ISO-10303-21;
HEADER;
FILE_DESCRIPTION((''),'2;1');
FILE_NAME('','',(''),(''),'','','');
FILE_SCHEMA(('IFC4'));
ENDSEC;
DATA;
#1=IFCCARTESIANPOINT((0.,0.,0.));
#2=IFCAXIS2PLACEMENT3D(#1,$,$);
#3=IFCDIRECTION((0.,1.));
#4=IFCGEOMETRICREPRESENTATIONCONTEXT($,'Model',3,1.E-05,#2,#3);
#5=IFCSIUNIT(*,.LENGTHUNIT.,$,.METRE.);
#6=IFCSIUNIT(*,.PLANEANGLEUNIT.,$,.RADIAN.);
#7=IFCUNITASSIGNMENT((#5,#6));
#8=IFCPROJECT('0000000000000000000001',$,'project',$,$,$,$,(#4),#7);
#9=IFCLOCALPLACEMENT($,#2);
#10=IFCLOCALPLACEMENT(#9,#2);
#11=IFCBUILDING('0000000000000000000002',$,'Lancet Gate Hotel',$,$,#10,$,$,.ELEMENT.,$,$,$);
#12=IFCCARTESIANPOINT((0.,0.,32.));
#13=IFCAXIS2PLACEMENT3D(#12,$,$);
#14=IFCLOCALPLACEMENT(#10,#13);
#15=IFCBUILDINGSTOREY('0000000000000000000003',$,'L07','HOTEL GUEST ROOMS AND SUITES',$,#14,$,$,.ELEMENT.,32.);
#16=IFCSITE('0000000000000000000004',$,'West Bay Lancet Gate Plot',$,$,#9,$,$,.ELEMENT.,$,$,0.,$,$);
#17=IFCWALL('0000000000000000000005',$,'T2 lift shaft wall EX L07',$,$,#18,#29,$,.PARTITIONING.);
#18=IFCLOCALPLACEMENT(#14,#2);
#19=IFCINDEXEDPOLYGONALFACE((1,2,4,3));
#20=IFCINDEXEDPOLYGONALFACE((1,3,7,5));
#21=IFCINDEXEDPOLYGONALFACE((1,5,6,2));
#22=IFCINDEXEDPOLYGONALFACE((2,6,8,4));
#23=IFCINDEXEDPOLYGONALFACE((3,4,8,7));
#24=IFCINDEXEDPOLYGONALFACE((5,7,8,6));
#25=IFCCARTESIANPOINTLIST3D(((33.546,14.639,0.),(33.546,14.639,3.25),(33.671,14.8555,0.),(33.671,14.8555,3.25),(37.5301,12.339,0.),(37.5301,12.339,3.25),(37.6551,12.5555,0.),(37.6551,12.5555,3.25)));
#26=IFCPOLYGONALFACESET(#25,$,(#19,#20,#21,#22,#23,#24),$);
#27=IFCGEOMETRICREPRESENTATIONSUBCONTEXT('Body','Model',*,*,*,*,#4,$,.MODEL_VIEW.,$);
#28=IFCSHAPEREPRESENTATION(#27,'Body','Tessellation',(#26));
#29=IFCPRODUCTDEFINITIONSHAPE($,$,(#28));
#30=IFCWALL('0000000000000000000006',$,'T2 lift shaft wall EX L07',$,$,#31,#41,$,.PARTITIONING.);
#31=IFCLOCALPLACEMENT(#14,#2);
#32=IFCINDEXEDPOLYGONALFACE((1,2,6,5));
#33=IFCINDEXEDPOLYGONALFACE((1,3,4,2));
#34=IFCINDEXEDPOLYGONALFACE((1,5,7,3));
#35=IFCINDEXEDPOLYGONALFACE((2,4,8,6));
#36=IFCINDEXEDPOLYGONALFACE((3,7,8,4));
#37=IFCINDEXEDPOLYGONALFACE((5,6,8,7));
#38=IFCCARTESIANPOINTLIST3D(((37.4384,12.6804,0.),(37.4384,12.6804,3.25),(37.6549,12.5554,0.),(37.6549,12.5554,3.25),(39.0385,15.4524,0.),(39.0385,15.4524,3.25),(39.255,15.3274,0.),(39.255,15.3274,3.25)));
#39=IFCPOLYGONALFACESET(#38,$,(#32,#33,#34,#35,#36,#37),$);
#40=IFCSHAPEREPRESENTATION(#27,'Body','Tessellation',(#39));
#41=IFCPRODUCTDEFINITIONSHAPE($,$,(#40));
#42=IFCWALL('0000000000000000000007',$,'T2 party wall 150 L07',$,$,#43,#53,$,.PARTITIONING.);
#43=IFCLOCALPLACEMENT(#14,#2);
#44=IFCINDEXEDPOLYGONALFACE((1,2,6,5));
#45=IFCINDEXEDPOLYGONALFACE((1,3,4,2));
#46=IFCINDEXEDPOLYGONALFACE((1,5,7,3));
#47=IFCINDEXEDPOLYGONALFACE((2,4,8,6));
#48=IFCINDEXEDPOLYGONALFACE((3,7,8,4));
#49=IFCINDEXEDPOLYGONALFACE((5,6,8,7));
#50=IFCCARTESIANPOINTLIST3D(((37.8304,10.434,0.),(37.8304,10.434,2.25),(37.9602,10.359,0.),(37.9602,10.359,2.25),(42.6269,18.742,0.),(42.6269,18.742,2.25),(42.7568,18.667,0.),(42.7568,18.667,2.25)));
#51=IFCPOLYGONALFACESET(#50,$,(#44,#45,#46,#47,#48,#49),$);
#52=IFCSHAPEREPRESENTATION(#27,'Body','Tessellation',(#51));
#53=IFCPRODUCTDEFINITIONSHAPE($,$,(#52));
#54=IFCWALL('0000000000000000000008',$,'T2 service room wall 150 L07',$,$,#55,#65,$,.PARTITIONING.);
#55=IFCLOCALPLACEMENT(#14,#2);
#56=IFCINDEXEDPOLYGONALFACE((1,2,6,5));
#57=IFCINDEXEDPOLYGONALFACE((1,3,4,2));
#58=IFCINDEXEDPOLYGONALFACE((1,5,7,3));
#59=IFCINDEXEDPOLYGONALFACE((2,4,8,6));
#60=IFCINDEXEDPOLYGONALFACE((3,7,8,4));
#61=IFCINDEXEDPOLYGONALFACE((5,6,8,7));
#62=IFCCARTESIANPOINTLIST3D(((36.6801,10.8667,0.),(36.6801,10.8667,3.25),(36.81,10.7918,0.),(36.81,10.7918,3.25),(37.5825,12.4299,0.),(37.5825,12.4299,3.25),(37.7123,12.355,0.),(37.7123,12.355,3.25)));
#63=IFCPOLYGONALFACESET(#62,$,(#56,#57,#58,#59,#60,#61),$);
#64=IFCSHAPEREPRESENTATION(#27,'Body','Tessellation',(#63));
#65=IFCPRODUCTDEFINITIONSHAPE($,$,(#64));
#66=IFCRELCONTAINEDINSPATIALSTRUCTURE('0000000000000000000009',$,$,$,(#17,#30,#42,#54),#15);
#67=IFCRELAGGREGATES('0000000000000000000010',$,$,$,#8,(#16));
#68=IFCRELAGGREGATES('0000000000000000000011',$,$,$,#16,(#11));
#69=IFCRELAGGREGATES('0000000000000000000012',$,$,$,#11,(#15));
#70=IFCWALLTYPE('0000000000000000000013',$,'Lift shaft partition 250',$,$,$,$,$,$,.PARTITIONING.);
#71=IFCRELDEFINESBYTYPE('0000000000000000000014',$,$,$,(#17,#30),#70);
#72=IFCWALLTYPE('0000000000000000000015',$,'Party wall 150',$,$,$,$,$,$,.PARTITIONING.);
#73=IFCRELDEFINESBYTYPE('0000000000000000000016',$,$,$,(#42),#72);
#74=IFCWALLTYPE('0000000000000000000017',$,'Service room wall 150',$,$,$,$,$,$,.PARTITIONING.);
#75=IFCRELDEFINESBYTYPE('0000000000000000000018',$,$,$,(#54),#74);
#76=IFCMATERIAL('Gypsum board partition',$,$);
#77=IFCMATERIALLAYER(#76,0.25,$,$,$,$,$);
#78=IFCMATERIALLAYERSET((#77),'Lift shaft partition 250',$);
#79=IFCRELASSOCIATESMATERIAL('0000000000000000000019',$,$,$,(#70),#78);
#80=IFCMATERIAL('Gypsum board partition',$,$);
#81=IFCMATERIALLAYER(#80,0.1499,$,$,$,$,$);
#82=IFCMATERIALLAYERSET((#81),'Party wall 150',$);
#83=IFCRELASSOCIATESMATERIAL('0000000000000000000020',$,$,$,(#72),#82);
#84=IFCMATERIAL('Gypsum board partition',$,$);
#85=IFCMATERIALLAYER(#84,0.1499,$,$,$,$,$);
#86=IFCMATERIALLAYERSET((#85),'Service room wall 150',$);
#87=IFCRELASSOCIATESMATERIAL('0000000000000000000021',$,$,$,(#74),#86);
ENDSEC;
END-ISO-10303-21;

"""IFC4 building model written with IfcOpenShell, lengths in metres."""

from ifc_helpers import new_model, si_unit, direction, frame, frame_2d, origin, place, context, subcontext, project, spatial, rectangle, extrude, material, layer, layer_set, type_object, element, save


model = new_model("IFC4")

# Units and contexts
model_context = context("Model", 3, precision=1e-05, world=origin(), true_north=direction((0.0, 1.0)))
body_context = subcontext(model_context, "Body", "Model", "MODEL_VIEW")
ifc_project = project(units=[si_unit("LENGTHUNIT", "METRE"), si_unit("PLANEANGLEUNIT", "RADIAN")], contexts=[model_context])

# Site, building, storey
site_placement = place(None, origin())
site = spatial("IfcSite", under=ifc_project, at=site_placement, Name="West Bay Lancet Gate Plot", CompositionType="ELEMENT", RefElevation=0.0)
building_placement = place(site_placement, origin())
building = spatial("IfcBuilding", under=site, at=building_placement, Name="Lancet Gate Hotel", CompositionType="ELEMENT")
storey_placement = place(building_placement, frame((0.0, 0.0, 32.0)))
storey = spatial("IfcBuildingStorey", under=building, at=storey_placement, Name="L07", Description="HOTEL GUEST ROOMS AND SUITES", CompositionType="ELEMENT", Elevation=32.0)

# Walls
ifc_material_1 = material(Name="Gypsum board partition")
ifc_layer_1 = layer(ifc_material_1, 0.25)
ifc_layer_set_1 = layer_set([ifc_layer_1], Name="Lift shaft partition 250")
wall_type_1 = type_object("IfcWallType", Name="Lift shaft partition 250", PredefinedType="PARTITIONING", material=ifc_layer_set_1)
wall_1_placement = place(storey_placement, frame((33.6084, 14.7473, 0.0), z_axis=(0.0, 0.0, 1.0), x_axis=(0.866043, -0.499969, 0.0)))
element("IfcWall", 1, at=wall_1_placement, inside=storey, type_object=wall_type_1, Name="T2 lift shaft wall EX L07", PredefinedType="PARTITIONING", context=body_context, shape_type="SweptSolid", body=[
    extrude(rectangle(XDim=4.6003, YDim=0.25, at=frame_2d((2.3003, 0.0))), origin(), (0.0, 0.0, 1.0), 3.25),
])
wall_2_placement = place(storey_placement, frame((37.5466, 12.6179, 0.0), z_axis=(0.0, 0.0, 1.0), x_axis=(0.499929, 0.866066, 0.0)))
element("IfcWall", 2, at=wall_2_placement, inside=storey, type_object=wall_type_1, Name="T2 lift shaft wall EX L07", PredefinedType="PARTITIONING", context=body_context, shape_type="SweptSolid", body=[
    extrude(rectangle(XDim=3.2007, YDim=0.25, at=frame_2d((1.6003, 0.0))), origin(), (0.0, 0.0, 1.0), 3.25),
])
ifc_material_2 = material(Name="Gypsum board partition")
ifc_layer_2 = layer(ifc_material_2, 0.1499)
ifc_layer_set_2 = layer_set([ifc_layer_2], Name="Party wall 150")
wall_type_2 = type_object("IfcWallType", Name="Party wall 150", PredefinedType="PARTITIONING", material=ifc_layer_set_2)
wall_3_placement = place(storey_placement, frame((37.8953, 10.3965, 0.0), z_axis=(0.0, 0.0, 1.0), x_axis=(0.499996, 0.866028, 0.0)))
element("IfcWall", 3, at=wall_3_placement, inside=storey, type_object=wall_type_2, Name="T2 party wall 150 L07", PredefinedType="PARTITIONING", context=body_context, shape_type="SweptSolid", body=[
    extrude(rectangle(XDim=9.5933, YDim=0.1499, at=frame_2d((4.7966, 0.0))), origin(), (0.0, 0.0, 1.0), 2.25),
])
ifc_material_3 = material(Name="Gypsum board partition")
ifc_layer_3 = layer(ifc_material_3, 0.1499)
ifc_layer_set_3 = layer_set([ifc_layer_3], Name="Service room wall 150")
wall_type_3 = type_object("IfcWallType", Name="Service room wall 150", PredefinedType="PARTITIONING", material=ifc_layer_set_3)
wall_4_placement = place(storey_placement, frame((36.7451, 10.8293, 0.0), z_axis=(0.0, 0.0, 1.0), x_axis=(0.499922, 0.866071, 0.0)))
element("IfcWall", 4, at=wall_4_placement, inside=storey, type_object=wall_type_3, Name="T2 service room wall 150 L07", PredefinedType="PARTITIONING", context=body_context, shape_type="SweptSolid", body=[
    extrude(rectangle(XDim=1.8049, YDim=0.1499, at=frame_2d((0.9023, 0.0))), origin(), (0.0, 0.0, 1.0), 3.25),
])

save(model, "model.ifc")
